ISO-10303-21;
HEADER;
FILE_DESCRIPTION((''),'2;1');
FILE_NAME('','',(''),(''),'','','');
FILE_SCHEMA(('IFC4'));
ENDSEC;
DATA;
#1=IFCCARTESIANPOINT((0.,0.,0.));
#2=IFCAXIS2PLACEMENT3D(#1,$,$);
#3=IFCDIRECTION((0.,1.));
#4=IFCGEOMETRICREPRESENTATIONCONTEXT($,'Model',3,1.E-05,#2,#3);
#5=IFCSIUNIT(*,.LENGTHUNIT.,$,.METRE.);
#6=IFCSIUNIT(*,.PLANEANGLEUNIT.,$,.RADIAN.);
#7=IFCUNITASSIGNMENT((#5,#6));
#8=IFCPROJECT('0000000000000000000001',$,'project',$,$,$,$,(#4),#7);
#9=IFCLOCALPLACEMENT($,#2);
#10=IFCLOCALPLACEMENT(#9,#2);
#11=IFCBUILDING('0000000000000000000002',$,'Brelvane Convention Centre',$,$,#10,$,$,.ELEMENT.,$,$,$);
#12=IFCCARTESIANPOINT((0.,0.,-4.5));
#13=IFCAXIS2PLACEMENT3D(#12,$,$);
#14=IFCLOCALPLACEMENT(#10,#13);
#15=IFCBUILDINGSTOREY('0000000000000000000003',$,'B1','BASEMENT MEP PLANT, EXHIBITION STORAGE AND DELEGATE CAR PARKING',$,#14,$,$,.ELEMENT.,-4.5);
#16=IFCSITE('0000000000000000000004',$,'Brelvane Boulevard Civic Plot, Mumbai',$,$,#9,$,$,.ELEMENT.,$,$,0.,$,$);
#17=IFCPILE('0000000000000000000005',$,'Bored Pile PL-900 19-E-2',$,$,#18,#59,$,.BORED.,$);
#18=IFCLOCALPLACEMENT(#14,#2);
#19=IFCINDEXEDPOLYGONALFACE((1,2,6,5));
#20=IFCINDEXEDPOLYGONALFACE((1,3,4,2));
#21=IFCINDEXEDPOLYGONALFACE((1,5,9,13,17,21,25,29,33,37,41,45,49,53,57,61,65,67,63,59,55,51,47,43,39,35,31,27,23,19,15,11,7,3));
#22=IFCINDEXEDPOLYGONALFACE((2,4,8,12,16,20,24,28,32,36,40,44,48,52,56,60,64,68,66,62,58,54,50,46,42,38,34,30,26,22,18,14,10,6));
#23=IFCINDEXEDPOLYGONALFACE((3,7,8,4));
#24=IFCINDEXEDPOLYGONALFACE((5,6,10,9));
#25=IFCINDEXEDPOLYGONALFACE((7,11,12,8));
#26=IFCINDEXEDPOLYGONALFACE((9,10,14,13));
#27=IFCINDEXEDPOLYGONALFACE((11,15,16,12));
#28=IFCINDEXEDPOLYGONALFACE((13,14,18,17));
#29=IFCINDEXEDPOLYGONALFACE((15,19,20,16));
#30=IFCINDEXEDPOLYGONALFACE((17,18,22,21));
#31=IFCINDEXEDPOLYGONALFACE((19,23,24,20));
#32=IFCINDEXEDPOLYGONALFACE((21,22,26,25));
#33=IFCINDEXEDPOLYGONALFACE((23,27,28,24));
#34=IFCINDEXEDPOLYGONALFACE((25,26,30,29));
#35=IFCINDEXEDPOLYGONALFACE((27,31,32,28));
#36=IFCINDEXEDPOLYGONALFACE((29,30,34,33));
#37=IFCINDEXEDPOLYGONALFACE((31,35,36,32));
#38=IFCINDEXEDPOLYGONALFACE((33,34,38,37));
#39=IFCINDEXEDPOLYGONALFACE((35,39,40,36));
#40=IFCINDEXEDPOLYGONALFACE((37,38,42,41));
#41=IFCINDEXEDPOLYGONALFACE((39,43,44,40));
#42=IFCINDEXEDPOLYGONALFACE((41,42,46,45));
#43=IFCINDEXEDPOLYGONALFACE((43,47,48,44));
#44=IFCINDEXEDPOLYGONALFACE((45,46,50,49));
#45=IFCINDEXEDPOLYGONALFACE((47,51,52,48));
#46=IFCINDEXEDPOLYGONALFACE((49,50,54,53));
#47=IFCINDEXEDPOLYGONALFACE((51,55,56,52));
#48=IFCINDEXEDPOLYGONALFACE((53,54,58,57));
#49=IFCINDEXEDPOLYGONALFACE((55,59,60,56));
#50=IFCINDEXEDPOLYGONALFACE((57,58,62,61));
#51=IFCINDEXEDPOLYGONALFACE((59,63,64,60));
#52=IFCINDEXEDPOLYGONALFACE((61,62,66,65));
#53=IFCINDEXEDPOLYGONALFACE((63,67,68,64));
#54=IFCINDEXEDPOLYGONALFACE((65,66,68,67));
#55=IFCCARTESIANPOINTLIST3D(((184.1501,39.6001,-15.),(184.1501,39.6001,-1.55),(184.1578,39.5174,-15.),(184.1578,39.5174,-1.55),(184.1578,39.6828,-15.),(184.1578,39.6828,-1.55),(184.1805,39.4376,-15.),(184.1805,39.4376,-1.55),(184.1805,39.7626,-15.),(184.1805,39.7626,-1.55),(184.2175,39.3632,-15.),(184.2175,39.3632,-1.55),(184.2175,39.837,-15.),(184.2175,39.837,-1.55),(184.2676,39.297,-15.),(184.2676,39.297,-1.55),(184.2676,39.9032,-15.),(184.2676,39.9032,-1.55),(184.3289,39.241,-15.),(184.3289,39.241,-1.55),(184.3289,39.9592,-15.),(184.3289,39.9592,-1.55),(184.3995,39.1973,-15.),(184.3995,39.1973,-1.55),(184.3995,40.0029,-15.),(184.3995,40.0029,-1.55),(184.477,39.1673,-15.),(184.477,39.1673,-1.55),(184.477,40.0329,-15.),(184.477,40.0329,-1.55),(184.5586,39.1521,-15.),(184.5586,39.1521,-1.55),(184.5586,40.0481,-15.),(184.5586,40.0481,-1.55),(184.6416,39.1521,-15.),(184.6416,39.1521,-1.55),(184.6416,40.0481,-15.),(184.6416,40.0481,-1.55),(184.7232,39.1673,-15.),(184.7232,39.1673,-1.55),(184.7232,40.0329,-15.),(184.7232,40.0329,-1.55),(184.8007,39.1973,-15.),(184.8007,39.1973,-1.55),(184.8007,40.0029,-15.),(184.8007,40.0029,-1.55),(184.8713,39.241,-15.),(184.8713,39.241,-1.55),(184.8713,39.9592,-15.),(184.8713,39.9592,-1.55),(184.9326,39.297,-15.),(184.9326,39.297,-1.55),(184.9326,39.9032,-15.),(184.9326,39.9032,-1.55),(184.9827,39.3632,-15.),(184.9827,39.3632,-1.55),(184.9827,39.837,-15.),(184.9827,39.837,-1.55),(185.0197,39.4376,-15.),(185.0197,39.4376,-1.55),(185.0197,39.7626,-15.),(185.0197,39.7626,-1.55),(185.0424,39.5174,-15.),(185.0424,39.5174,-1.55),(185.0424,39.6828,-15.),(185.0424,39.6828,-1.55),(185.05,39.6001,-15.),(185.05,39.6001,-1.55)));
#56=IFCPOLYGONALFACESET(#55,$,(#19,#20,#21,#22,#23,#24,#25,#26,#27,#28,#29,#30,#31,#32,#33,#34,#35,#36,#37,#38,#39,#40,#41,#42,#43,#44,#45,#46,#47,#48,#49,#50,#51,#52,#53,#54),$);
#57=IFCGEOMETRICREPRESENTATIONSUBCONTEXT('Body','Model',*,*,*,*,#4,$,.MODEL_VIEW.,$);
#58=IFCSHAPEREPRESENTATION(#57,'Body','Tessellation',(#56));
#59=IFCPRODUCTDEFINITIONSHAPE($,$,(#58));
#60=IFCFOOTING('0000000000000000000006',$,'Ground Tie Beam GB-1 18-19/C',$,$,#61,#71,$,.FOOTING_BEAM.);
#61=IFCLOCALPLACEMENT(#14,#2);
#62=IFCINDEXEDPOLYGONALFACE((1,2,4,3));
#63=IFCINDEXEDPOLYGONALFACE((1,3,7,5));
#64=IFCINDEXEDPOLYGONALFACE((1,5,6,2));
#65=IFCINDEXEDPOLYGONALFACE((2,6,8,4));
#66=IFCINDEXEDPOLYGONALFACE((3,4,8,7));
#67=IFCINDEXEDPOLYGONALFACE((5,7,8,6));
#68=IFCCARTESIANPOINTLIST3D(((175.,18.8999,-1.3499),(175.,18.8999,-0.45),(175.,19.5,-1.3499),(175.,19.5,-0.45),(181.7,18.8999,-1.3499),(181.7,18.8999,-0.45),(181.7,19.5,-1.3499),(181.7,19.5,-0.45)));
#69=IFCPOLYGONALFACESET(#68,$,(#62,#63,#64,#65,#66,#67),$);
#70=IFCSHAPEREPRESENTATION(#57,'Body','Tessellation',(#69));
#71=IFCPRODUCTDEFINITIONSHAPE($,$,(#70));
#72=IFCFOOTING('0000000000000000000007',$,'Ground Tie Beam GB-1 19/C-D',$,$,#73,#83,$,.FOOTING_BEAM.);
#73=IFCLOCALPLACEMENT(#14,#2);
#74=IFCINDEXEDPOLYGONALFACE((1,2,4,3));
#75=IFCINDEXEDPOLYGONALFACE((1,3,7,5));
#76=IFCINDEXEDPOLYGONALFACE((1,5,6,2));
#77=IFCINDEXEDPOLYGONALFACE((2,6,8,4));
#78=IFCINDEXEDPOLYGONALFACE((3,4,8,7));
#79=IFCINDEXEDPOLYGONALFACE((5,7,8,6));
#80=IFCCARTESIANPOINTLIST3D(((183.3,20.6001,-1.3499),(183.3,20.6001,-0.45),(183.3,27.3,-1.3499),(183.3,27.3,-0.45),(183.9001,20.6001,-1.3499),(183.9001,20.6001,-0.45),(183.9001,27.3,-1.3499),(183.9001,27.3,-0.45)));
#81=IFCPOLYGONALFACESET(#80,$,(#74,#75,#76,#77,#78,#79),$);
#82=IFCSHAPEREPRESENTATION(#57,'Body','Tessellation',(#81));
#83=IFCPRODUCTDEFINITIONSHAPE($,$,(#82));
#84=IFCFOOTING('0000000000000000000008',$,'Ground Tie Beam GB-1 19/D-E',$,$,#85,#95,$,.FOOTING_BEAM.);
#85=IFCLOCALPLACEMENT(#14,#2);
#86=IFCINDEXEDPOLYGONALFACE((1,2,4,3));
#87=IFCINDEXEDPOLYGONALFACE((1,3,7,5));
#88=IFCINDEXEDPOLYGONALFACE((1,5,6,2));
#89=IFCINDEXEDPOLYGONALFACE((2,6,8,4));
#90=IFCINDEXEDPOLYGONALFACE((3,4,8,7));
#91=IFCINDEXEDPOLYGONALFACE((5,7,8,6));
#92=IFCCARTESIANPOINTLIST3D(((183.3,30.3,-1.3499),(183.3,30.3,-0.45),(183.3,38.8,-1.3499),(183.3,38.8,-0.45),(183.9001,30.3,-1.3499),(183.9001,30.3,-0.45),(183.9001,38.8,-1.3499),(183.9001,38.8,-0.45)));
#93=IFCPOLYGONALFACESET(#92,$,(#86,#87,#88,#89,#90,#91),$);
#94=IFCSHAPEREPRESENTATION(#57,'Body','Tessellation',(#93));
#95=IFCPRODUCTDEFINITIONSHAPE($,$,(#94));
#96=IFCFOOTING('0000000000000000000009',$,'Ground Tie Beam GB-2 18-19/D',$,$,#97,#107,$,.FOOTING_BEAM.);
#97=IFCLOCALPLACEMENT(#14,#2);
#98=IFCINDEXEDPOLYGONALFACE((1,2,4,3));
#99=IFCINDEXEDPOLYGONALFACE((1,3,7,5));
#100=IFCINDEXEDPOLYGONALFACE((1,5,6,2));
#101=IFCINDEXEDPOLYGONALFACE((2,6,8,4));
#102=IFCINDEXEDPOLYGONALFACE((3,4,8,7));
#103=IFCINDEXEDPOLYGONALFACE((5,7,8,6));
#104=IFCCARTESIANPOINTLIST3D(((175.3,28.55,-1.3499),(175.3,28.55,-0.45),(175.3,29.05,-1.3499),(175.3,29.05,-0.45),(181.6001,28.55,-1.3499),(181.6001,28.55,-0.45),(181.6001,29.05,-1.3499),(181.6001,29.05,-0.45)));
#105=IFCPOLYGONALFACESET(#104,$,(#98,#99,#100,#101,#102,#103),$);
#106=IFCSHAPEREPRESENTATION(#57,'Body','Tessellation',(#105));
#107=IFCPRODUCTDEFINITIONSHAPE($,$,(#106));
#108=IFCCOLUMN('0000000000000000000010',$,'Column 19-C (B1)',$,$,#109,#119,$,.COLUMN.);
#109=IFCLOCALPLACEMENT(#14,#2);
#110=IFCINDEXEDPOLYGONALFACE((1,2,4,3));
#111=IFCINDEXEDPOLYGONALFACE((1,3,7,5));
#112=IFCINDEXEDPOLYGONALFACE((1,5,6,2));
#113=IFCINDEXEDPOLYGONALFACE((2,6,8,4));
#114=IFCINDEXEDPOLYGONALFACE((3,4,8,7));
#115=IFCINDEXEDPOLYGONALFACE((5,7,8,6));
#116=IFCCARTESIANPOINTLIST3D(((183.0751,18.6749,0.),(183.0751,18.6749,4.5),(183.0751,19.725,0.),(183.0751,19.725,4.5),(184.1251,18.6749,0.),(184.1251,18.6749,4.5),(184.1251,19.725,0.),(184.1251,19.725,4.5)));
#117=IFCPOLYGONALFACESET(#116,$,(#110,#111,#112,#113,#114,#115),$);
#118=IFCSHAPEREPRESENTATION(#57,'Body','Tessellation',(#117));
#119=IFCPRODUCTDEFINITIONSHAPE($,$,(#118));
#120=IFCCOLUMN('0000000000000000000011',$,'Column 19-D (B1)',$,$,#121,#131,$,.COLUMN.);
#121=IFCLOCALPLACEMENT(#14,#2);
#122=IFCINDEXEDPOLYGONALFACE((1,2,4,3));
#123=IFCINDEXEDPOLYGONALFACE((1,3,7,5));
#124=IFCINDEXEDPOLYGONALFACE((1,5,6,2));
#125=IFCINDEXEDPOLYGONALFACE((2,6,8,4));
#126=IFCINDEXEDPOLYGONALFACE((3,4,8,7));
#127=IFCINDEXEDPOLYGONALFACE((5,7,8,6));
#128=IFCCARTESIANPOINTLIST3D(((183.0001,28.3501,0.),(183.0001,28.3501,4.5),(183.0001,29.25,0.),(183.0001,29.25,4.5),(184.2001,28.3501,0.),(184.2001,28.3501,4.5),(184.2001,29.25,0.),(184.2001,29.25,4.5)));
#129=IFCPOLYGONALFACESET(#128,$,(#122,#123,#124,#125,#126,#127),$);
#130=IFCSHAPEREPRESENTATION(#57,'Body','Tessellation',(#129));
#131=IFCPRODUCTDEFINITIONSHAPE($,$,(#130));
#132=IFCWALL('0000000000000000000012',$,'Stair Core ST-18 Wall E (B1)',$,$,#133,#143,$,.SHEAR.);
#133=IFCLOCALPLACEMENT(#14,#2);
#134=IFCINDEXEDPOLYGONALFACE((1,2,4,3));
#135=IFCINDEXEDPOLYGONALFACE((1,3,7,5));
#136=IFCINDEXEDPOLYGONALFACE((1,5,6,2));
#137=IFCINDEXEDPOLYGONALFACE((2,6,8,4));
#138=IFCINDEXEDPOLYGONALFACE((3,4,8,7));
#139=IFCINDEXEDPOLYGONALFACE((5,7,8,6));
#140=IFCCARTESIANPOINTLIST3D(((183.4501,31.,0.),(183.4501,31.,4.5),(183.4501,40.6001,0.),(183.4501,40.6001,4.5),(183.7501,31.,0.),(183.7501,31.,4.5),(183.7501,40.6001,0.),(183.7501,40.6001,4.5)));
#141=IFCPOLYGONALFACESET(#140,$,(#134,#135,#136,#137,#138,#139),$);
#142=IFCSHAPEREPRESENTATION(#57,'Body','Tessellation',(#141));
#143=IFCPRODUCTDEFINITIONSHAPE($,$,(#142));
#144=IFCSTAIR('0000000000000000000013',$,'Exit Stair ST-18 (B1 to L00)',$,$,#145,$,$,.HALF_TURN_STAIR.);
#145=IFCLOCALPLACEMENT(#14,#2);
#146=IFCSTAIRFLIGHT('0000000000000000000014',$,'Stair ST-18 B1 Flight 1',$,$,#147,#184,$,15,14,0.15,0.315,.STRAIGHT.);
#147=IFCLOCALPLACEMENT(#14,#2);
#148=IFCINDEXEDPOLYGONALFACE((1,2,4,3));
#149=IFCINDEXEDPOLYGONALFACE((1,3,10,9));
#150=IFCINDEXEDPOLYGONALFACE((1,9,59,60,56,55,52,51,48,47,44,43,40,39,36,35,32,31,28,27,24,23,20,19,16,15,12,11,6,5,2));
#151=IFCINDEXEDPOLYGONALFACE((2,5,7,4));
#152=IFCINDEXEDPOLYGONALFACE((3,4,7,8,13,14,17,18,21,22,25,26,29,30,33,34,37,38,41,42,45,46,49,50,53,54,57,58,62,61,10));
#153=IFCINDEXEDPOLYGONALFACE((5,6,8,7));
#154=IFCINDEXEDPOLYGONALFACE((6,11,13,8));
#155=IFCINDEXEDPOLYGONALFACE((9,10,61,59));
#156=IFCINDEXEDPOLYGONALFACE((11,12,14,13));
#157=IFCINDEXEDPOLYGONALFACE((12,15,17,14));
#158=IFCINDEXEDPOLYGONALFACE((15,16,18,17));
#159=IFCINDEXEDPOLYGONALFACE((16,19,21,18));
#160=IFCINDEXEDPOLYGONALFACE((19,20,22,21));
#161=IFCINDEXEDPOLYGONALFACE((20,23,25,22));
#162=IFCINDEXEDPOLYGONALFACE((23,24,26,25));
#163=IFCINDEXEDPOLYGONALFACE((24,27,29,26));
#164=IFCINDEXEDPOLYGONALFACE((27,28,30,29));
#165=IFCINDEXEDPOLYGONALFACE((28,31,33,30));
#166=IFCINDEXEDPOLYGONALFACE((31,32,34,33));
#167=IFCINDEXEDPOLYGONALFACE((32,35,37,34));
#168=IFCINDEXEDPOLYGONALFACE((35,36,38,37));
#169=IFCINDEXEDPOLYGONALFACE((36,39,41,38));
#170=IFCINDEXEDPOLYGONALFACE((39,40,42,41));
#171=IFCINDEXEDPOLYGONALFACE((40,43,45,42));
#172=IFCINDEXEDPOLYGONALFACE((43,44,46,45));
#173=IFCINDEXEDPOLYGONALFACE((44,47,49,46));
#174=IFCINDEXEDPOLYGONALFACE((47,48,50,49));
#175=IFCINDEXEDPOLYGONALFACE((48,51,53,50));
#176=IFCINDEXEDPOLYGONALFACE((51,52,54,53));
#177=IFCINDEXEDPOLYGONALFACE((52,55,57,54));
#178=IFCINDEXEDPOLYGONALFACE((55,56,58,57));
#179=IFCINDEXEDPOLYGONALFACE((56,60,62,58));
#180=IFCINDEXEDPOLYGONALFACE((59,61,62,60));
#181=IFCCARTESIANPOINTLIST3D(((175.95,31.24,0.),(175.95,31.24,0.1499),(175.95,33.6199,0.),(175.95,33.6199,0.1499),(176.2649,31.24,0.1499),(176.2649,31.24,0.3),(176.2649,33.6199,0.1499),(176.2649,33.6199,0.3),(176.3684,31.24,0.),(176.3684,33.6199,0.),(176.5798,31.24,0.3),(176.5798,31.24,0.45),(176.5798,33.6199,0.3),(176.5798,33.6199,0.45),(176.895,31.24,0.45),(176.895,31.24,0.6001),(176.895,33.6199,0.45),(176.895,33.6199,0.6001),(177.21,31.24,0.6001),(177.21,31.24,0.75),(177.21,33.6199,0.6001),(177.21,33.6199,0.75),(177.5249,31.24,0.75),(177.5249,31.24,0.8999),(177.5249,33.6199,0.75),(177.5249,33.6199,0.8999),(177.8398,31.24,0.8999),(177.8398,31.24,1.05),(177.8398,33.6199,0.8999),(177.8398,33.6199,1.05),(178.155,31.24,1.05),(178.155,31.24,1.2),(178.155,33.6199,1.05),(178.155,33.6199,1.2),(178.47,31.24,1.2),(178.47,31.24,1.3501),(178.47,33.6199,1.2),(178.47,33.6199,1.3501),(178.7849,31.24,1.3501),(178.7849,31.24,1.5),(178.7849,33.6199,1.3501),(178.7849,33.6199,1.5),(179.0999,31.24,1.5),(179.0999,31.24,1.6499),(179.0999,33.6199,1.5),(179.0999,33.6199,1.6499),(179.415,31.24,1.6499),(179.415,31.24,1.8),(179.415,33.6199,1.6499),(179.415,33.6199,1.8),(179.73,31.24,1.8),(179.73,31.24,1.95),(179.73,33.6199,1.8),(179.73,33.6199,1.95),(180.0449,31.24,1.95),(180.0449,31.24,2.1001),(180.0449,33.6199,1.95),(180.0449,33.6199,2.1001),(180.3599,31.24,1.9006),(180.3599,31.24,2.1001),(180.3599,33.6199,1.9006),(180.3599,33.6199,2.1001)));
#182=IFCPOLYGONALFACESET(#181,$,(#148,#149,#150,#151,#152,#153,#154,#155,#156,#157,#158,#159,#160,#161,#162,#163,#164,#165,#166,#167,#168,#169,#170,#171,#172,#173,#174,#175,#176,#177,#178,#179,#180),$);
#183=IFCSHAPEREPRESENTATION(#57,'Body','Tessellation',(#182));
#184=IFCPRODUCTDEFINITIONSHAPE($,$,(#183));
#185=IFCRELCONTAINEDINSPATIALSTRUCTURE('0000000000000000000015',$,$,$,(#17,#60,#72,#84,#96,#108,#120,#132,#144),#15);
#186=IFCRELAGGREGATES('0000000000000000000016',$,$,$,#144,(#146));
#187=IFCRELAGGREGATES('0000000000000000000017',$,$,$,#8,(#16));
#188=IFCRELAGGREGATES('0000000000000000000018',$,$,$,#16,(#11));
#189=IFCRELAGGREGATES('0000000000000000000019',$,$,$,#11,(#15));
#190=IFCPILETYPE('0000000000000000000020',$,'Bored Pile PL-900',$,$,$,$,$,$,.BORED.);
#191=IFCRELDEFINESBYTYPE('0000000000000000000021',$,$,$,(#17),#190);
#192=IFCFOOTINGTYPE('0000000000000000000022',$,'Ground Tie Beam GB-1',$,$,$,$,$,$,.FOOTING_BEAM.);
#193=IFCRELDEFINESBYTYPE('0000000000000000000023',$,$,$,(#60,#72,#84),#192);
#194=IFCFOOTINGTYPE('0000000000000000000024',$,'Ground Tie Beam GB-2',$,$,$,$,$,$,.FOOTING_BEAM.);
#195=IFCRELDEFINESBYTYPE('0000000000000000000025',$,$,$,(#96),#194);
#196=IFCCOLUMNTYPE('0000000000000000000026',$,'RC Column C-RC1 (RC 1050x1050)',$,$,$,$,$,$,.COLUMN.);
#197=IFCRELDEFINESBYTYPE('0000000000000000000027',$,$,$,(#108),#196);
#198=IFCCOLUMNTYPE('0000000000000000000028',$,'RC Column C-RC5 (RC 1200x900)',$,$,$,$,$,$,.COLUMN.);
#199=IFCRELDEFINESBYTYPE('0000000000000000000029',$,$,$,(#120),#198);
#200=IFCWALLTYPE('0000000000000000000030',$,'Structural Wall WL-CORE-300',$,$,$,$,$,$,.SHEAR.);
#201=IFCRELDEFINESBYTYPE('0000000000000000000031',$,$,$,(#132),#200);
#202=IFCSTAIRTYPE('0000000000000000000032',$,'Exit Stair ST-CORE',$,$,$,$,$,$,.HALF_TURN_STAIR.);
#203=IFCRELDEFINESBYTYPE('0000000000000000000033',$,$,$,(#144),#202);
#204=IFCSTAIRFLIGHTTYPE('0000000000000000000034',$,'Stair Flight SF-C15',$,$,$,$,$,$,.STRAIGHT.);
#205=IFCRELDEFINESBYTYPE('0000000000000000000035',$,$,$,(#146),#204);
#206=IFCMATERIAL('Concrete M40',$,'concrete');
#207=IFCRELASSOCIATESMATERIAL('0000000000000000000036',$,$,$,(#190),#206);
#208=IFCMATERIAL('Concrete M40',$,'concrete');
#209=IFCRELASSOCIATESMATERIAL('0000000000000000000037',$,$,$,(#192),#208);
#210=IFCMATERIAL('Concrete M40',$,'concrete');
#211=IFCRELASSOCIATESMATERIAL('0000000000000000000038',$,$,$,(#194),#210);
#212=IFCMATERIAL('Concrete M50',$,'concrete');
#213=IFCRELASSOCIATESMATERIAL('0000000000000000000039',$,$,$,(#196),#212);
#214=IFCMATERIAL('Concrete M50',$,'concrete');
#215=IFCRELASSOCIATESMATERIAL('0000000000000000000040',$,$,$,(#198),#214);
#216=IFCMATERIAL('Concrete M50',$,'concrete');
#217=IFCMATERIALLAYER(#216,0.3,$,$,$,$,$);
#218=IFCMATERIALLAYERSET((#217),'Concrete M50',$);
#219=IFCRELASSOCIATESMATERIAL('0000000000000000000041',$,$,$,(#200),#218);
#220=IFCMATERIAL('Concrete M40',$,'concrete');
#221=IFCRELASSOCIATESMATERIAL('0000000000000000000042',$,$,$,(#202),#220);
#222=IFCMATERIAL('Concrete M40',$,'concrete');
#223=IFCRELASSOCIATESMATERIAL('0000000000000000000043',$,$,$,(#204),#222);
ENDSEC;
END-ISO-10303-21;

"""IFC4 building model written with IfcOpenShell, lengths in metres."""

from ifc_helpers import new_model, si_unit, direction, frame, frame_2d, origin, origin_2d, place, context, subcontext, project, spatial, polyline, rectangle, circle, outline, extrude, material, layer, layer_set, material_profile, profile_set, type_object, element, aggregate, save


model = new_model("IFC4")

# Units and contexts
model_context = context("Model", 3, precision=1e-05, world=origin(), true_north=direction((0.0, 1.0)))
body_context = subcontext(model_context, "Body", "Model", "MODEL_VIEW")
ifc_project = project(units=[si_unit("LENGTHUNIT", "METRE"), si_unit("PLANEANGLEUNIT", "RADIAN")], contexts=[model_context])

# Site, building, storey
site_placement = place(None, origin())
site = spatial("IfcSite", under=ifc_project, at=site_placement, Name="Brelvane Boulevard Civic Plot, Mumbai", CompositionType="ELEMENT", RefElevation=0.0)
building_placement = place(site_placement, origin())
building = spatial("IfcBuilding", under=site, at=building_placement, Name="Brelvane Convention Centre", CompositionType="ELEMENT")
storey_placement = place(building_placement, frame((0.0, 0.0, -4.5)))
storey = spatial("IfcBuildingStorey", under=building, at=storey_placement, Name="B1", Description="BASEMENT MEP PLANT, EXHIBITION STORAGE AND DELEGATE CAR PARKING", CompositionType="ELEMENT", Elevation=-4.5)

# Pile
ifc_material_1 = material(Name="Concrete M40", Category="concrete")
ifc_material_profile_1 = material_profile(ifc_material_1, circle(Radius=0.45, at=origin_2d()), Name="PILE D900")
ifc_profile_set_1 = profile_set([ifc_material_profile_1], Name="Concrete M40")
pile_type = type_object("IfcPileType", Name="Bored Pile PL-900", PredefinedType="BORED", material=ifc_profile_set_1)
for number, where, z_axis, x_axis, name in (
    (1, (184.6001, 39.6001, -1.55), (0.0, 0.0, -1.0), (1.0, 0.0, 0.0), "Bored Pile PL-900 19-E-2"),
):
    element("IfcPile", number, at=place(storey_placement, frame(where, z_axis=z_axis, x_axis=x_axis)), inside=storey, type_object=pile_type, Name=name, PredefinedType="BORED", context=body_context, shape_type="SweptSolid", body=[
        extrude(circle(Radius=0.45, at=origin_2d()), origin(), (0.0, 0.0, 1.0), 13.45),
    ])

# Footings
ifc_material_2 = material(Name="Concrete M40", Category="concrete")
ifc_material_profile_2 = material_profile(ifc_material_2, rectangle(XDim=0.6001, YDim=0.8999, at=origin_2d()), Name="RC 600x900")
ifc_profile_set_2 = profile_set([ifc_material_profile_2], Name="Concrete M40")
footing_type_1 = type_object("IfcFootingType", Name="Ground Tie Beam GB-1", PredefinedType="FOOTING_BEAM", material=ifc_profile_set_2)
for number, where, z_axis, x_axis, name in (
    (2, (175.0, 19.2, -0.8999), (1.0, 0.0, 0.0), (0.0, 1.0, 0.0), "Ground Tie Beam GB-1 18-19/C"),
    (3, (183.6001, 20.6001, -0.8999), (0.0, 1.0, 0.0), (-1.0, 0.0, 0.0), "Ground Tie Beam GB-1 19/C-D"),
):
    element("IfcFooting", number, at=place(storey_placement, frame(where, z_axis=z_axis, x_axis=x_axis)), inside=storey, type_object=footing_type_1, Name=name, PredefinedType="FOOTING_BEAM", context=body_context, shape_type="SweptSolid", body=[
        extrude(rectangle(XDim=0.6001, YDim=0.8999, at=origin_2d()), origin(), (0.0, 0.0, 1.0), 6.7),
    ])
footing_1_placement = place(storey_placement, frame((183.6001, 30.3, -0.8999), z_axis=(0.0, 1.0, 0.0), x_axis=(-1.0, 0.0, 0.0)))
element("IfcFooting", 4, at=footing_1_placement, inside=storey, type_object=footing_type_1, Name="Ground Tie Beam GB-1 19/D-E", PredefinedType="FOOTING_BEAM", context=body_context, shape_type="SweptSolid", body=[
    extrude(rectangle(XDim=0.6001, YDim=0.8999, at=origin_2d()), origin(), (0.0, 0.0, 1.0), 8.5),
])
ifc_material_3 = material(Name="Concrete M40", Category="concrete")
ifc_material_profile_3 = material_profile(ifc_material_3, rectangle(XDim=0.5, YDim=0.8999, at=origin_2d()), Name="RC 500x900")
ifc_profile_set_3 = profile_set([ifc_material_profile_3], Name="Concrete M40")
footing_type_2 = type_object("IfcFootingType", Name="Ground Tie Beam GB-2", PredefinedType="FOOTING_BEAM", material=ifc_profile_set_3)
footing_2_placement = place(storey_placement, frame((175.3, 28.8, -0.8999), z_axis=(1.0, 0.0, 0.0), x_axis=(0.0, 1.0, 0.0)))
element("IfcFooting", 5, at=footing_2_placement, inside=storey, type_object=footing_type_2, Name="Ground Tie Beam GB-2 18-19/D", PredefinedType="FOOTING_BEAM", context=body_context, shape_type="SweptSolid", body=[
    extrude(rectangle(XDim=0.5, YDim=0.8999, at=origin_2d()), origin(), (0.0, 0.0, 1.0), 6.3),
])

# Columns
ifc_material_4 = material(Name="Concrete M50", Category="concrete")
ifc_material_profile_4 = material_profile(ifc_material_4, rectangle(XDim=1.05, YDim=1.05, at=origin_2d()), Name="RC 1050x1050")
ifc_profile_set_4 = profile_set([ifc_material_profile_4], Name="Concrete M50")
column_type_1 = type_object("IfcColumnType", Name="RC Column C-RC1 (RC 1050x1050)", PredefinedType="COLUMN", material=ifc_profile_set_4)
column_1_placement = place(storey_placement, frame((183.6001, 19.2, 0.0), z_axis=(0.0, 0.0, 1.0), x_axis=(1.0, 0.0, 0.0)))
element("IfcColumn", 6, at=column_1_placement, inside=storey, type_object=column_type_1, Name="Column 19-C (B1)", PredefinedType="COLUMN", context=body_context, shape_type="SweptSolid", body=[
    extrude(rectangle(XDim=1.05, YDim=1.05, at=origin_2d()), origin(), (0.0, 0.0, 1.0), 4.5),
])
ifc_material_5 = material(Name="Concrete M50", Category="concrete")
ifc_material_profile_5 = material_profile(ifc_material_5, rectangle(XDim=1.2, YDim=0.8999, at=origin_2d()), Name="RC 1200x900")
ifc_profile_set_5 = profile_set([ifc_material_profile_5], Name="Concrete M50")
column_type_2 = type_object("IfcColumnType", Name="RC Column C-RC5 (RC 1200x900)", PredefinedType="COLUMN", material=ifc_profile_set_5)
column_2_placement = place(storey_placement, frame((183.6001, 28.8, 0.0), z_axis=(0.0, 0.0, 1.0), x_axis=(1.0, 0.0, 0.0)))
element("IfcColumn", 7, at=column_2_placement, inside=storey, type_object=column_type_2, Name="Column 19-D (B1)", PredefinedType="COLUMN", context=body_context, shape_type="SweptSolid", body=[
    extrude(rectangle(XDim=1.2, YDim=0.8999, at=origin_2d()), origin(), (0.0, 0.0, 1.0), 4.5),
])

# Wall
ifc_material_6 = material(Name="Concrete M50", Category="concrete")
ifc_layer = layer(ifc_material_6, 0.3)
ifc_layer_set = layer_set([ifc_layer], Name="Concrete M50")
wall_type = type_object("IfcWallType", Name="Structural Wall WL-CORE-300", PredefinedType="SHEAR", material=ifc_layer_set)
wall_placement = place(storey_placement, frame((183.6001, 31.0, 0.0), z_axis=(0.0, 0.0, 1.0), x_axis=(0.0, 1.0, 0.0)))
element("IfcWall", 8, at=wall_placement, inside=storey, type_object=wall_type, Name="Stair Core ST-18 Wall E (B1)", PredefinedType="SHEAR", context=body_context, shape_type="SweptSolid", body=[
    extrude(rectangle(XDim=9.6001, YDim=0.3, at=frame_2d((4.8, 0.0))), origin(), (0.0, 0.0, 1.0), 4.5),
])

# Stair, stair flight
ifc_material_7 = material(Name="Concrete M40", Category="concrete")
stair_type = type_object("IfcStairType", Name="Exit Stair ST-CORE", PredefinedType="HALF_TURN_STAIR", material=ifc_material_7)
stair_placement = place(storey_placement, origin())
stair = element("IfcStair", 9, at=stair_placement, inside=storey, type_object=stair_type, Name="Exit Stair ST-18 (B1 to L00)", PredefinedType="HALF_TURN_STAIR")
ifc_material_8 = material(Name="Concrete M40", Category="concrete")
stair_flight_type = type_object("IfcStairFlightType", Name="Stair Flight SF-C15", PredefinedType="STRAIGHT", material=ifc_material_8)
stair_flight_1_placement = place(storey_placement, frame((175.95, 32.4299, 0.0), z_axis=(0.0, 0.0, 1.0), x_axis=(1.0, 0.0, 0.0)))
stair_flight_1 = element("IfcStairFlight", 10, at=stair_flight_1_placement, type_object=stair_flight_type, Name="Stair ST-18 B1 Flight 1", NumberOfRisers=15, NumberOfTreads=14, PredefinedType="STRAIGHT", RiserHeight=0.15, TreadLength=0.315, context=body_context, shape_type="SweptSolid", body=[
    extrude(outline(polyline([(0.0, 0.0), (0.0, 0.1499), (0.3149, 0.1499), (0.3149, 0.3), (0.6299, 0.3), (0.6299, 0.45), (0.9451, 0.45), (0.9451, 0.6001), (1.26, 0.6001), (1.26, 0.75), (1.575, 0.75), (1.575, 0.8999), (1.8899, 0.8999), (1.8899, 1.05), (2.2051, 1.05), (2.2051, 1.2), (2.52, 1.2), (2.52, 1.3501), (2.835, 1.3501), (2.835, 1.5), (3.1499, 1.5), (3.1499, 1.6499), (3.4651, 1.6499), (3.4651, 1.8), (3.78, 1.8), (3.78, 1.95), (4.095, 1.95), (4.095, 2.1001), (4.4099, 2.1001), (4.4099, 2.25), (4.4099, 1.9006), (0.4185, 0.0), (0.0, 0.0)])), frame((0.0, 1.1899, 0.0), z_axis=(0.0, -1.0, 0.0), x_axis=(1.0, 0.0, 0.0)), (0.0, 0.0, 1.0), 2.3799),
])
aggregate(stair, [stair_flight_1])

save(model, "model.ifc")
